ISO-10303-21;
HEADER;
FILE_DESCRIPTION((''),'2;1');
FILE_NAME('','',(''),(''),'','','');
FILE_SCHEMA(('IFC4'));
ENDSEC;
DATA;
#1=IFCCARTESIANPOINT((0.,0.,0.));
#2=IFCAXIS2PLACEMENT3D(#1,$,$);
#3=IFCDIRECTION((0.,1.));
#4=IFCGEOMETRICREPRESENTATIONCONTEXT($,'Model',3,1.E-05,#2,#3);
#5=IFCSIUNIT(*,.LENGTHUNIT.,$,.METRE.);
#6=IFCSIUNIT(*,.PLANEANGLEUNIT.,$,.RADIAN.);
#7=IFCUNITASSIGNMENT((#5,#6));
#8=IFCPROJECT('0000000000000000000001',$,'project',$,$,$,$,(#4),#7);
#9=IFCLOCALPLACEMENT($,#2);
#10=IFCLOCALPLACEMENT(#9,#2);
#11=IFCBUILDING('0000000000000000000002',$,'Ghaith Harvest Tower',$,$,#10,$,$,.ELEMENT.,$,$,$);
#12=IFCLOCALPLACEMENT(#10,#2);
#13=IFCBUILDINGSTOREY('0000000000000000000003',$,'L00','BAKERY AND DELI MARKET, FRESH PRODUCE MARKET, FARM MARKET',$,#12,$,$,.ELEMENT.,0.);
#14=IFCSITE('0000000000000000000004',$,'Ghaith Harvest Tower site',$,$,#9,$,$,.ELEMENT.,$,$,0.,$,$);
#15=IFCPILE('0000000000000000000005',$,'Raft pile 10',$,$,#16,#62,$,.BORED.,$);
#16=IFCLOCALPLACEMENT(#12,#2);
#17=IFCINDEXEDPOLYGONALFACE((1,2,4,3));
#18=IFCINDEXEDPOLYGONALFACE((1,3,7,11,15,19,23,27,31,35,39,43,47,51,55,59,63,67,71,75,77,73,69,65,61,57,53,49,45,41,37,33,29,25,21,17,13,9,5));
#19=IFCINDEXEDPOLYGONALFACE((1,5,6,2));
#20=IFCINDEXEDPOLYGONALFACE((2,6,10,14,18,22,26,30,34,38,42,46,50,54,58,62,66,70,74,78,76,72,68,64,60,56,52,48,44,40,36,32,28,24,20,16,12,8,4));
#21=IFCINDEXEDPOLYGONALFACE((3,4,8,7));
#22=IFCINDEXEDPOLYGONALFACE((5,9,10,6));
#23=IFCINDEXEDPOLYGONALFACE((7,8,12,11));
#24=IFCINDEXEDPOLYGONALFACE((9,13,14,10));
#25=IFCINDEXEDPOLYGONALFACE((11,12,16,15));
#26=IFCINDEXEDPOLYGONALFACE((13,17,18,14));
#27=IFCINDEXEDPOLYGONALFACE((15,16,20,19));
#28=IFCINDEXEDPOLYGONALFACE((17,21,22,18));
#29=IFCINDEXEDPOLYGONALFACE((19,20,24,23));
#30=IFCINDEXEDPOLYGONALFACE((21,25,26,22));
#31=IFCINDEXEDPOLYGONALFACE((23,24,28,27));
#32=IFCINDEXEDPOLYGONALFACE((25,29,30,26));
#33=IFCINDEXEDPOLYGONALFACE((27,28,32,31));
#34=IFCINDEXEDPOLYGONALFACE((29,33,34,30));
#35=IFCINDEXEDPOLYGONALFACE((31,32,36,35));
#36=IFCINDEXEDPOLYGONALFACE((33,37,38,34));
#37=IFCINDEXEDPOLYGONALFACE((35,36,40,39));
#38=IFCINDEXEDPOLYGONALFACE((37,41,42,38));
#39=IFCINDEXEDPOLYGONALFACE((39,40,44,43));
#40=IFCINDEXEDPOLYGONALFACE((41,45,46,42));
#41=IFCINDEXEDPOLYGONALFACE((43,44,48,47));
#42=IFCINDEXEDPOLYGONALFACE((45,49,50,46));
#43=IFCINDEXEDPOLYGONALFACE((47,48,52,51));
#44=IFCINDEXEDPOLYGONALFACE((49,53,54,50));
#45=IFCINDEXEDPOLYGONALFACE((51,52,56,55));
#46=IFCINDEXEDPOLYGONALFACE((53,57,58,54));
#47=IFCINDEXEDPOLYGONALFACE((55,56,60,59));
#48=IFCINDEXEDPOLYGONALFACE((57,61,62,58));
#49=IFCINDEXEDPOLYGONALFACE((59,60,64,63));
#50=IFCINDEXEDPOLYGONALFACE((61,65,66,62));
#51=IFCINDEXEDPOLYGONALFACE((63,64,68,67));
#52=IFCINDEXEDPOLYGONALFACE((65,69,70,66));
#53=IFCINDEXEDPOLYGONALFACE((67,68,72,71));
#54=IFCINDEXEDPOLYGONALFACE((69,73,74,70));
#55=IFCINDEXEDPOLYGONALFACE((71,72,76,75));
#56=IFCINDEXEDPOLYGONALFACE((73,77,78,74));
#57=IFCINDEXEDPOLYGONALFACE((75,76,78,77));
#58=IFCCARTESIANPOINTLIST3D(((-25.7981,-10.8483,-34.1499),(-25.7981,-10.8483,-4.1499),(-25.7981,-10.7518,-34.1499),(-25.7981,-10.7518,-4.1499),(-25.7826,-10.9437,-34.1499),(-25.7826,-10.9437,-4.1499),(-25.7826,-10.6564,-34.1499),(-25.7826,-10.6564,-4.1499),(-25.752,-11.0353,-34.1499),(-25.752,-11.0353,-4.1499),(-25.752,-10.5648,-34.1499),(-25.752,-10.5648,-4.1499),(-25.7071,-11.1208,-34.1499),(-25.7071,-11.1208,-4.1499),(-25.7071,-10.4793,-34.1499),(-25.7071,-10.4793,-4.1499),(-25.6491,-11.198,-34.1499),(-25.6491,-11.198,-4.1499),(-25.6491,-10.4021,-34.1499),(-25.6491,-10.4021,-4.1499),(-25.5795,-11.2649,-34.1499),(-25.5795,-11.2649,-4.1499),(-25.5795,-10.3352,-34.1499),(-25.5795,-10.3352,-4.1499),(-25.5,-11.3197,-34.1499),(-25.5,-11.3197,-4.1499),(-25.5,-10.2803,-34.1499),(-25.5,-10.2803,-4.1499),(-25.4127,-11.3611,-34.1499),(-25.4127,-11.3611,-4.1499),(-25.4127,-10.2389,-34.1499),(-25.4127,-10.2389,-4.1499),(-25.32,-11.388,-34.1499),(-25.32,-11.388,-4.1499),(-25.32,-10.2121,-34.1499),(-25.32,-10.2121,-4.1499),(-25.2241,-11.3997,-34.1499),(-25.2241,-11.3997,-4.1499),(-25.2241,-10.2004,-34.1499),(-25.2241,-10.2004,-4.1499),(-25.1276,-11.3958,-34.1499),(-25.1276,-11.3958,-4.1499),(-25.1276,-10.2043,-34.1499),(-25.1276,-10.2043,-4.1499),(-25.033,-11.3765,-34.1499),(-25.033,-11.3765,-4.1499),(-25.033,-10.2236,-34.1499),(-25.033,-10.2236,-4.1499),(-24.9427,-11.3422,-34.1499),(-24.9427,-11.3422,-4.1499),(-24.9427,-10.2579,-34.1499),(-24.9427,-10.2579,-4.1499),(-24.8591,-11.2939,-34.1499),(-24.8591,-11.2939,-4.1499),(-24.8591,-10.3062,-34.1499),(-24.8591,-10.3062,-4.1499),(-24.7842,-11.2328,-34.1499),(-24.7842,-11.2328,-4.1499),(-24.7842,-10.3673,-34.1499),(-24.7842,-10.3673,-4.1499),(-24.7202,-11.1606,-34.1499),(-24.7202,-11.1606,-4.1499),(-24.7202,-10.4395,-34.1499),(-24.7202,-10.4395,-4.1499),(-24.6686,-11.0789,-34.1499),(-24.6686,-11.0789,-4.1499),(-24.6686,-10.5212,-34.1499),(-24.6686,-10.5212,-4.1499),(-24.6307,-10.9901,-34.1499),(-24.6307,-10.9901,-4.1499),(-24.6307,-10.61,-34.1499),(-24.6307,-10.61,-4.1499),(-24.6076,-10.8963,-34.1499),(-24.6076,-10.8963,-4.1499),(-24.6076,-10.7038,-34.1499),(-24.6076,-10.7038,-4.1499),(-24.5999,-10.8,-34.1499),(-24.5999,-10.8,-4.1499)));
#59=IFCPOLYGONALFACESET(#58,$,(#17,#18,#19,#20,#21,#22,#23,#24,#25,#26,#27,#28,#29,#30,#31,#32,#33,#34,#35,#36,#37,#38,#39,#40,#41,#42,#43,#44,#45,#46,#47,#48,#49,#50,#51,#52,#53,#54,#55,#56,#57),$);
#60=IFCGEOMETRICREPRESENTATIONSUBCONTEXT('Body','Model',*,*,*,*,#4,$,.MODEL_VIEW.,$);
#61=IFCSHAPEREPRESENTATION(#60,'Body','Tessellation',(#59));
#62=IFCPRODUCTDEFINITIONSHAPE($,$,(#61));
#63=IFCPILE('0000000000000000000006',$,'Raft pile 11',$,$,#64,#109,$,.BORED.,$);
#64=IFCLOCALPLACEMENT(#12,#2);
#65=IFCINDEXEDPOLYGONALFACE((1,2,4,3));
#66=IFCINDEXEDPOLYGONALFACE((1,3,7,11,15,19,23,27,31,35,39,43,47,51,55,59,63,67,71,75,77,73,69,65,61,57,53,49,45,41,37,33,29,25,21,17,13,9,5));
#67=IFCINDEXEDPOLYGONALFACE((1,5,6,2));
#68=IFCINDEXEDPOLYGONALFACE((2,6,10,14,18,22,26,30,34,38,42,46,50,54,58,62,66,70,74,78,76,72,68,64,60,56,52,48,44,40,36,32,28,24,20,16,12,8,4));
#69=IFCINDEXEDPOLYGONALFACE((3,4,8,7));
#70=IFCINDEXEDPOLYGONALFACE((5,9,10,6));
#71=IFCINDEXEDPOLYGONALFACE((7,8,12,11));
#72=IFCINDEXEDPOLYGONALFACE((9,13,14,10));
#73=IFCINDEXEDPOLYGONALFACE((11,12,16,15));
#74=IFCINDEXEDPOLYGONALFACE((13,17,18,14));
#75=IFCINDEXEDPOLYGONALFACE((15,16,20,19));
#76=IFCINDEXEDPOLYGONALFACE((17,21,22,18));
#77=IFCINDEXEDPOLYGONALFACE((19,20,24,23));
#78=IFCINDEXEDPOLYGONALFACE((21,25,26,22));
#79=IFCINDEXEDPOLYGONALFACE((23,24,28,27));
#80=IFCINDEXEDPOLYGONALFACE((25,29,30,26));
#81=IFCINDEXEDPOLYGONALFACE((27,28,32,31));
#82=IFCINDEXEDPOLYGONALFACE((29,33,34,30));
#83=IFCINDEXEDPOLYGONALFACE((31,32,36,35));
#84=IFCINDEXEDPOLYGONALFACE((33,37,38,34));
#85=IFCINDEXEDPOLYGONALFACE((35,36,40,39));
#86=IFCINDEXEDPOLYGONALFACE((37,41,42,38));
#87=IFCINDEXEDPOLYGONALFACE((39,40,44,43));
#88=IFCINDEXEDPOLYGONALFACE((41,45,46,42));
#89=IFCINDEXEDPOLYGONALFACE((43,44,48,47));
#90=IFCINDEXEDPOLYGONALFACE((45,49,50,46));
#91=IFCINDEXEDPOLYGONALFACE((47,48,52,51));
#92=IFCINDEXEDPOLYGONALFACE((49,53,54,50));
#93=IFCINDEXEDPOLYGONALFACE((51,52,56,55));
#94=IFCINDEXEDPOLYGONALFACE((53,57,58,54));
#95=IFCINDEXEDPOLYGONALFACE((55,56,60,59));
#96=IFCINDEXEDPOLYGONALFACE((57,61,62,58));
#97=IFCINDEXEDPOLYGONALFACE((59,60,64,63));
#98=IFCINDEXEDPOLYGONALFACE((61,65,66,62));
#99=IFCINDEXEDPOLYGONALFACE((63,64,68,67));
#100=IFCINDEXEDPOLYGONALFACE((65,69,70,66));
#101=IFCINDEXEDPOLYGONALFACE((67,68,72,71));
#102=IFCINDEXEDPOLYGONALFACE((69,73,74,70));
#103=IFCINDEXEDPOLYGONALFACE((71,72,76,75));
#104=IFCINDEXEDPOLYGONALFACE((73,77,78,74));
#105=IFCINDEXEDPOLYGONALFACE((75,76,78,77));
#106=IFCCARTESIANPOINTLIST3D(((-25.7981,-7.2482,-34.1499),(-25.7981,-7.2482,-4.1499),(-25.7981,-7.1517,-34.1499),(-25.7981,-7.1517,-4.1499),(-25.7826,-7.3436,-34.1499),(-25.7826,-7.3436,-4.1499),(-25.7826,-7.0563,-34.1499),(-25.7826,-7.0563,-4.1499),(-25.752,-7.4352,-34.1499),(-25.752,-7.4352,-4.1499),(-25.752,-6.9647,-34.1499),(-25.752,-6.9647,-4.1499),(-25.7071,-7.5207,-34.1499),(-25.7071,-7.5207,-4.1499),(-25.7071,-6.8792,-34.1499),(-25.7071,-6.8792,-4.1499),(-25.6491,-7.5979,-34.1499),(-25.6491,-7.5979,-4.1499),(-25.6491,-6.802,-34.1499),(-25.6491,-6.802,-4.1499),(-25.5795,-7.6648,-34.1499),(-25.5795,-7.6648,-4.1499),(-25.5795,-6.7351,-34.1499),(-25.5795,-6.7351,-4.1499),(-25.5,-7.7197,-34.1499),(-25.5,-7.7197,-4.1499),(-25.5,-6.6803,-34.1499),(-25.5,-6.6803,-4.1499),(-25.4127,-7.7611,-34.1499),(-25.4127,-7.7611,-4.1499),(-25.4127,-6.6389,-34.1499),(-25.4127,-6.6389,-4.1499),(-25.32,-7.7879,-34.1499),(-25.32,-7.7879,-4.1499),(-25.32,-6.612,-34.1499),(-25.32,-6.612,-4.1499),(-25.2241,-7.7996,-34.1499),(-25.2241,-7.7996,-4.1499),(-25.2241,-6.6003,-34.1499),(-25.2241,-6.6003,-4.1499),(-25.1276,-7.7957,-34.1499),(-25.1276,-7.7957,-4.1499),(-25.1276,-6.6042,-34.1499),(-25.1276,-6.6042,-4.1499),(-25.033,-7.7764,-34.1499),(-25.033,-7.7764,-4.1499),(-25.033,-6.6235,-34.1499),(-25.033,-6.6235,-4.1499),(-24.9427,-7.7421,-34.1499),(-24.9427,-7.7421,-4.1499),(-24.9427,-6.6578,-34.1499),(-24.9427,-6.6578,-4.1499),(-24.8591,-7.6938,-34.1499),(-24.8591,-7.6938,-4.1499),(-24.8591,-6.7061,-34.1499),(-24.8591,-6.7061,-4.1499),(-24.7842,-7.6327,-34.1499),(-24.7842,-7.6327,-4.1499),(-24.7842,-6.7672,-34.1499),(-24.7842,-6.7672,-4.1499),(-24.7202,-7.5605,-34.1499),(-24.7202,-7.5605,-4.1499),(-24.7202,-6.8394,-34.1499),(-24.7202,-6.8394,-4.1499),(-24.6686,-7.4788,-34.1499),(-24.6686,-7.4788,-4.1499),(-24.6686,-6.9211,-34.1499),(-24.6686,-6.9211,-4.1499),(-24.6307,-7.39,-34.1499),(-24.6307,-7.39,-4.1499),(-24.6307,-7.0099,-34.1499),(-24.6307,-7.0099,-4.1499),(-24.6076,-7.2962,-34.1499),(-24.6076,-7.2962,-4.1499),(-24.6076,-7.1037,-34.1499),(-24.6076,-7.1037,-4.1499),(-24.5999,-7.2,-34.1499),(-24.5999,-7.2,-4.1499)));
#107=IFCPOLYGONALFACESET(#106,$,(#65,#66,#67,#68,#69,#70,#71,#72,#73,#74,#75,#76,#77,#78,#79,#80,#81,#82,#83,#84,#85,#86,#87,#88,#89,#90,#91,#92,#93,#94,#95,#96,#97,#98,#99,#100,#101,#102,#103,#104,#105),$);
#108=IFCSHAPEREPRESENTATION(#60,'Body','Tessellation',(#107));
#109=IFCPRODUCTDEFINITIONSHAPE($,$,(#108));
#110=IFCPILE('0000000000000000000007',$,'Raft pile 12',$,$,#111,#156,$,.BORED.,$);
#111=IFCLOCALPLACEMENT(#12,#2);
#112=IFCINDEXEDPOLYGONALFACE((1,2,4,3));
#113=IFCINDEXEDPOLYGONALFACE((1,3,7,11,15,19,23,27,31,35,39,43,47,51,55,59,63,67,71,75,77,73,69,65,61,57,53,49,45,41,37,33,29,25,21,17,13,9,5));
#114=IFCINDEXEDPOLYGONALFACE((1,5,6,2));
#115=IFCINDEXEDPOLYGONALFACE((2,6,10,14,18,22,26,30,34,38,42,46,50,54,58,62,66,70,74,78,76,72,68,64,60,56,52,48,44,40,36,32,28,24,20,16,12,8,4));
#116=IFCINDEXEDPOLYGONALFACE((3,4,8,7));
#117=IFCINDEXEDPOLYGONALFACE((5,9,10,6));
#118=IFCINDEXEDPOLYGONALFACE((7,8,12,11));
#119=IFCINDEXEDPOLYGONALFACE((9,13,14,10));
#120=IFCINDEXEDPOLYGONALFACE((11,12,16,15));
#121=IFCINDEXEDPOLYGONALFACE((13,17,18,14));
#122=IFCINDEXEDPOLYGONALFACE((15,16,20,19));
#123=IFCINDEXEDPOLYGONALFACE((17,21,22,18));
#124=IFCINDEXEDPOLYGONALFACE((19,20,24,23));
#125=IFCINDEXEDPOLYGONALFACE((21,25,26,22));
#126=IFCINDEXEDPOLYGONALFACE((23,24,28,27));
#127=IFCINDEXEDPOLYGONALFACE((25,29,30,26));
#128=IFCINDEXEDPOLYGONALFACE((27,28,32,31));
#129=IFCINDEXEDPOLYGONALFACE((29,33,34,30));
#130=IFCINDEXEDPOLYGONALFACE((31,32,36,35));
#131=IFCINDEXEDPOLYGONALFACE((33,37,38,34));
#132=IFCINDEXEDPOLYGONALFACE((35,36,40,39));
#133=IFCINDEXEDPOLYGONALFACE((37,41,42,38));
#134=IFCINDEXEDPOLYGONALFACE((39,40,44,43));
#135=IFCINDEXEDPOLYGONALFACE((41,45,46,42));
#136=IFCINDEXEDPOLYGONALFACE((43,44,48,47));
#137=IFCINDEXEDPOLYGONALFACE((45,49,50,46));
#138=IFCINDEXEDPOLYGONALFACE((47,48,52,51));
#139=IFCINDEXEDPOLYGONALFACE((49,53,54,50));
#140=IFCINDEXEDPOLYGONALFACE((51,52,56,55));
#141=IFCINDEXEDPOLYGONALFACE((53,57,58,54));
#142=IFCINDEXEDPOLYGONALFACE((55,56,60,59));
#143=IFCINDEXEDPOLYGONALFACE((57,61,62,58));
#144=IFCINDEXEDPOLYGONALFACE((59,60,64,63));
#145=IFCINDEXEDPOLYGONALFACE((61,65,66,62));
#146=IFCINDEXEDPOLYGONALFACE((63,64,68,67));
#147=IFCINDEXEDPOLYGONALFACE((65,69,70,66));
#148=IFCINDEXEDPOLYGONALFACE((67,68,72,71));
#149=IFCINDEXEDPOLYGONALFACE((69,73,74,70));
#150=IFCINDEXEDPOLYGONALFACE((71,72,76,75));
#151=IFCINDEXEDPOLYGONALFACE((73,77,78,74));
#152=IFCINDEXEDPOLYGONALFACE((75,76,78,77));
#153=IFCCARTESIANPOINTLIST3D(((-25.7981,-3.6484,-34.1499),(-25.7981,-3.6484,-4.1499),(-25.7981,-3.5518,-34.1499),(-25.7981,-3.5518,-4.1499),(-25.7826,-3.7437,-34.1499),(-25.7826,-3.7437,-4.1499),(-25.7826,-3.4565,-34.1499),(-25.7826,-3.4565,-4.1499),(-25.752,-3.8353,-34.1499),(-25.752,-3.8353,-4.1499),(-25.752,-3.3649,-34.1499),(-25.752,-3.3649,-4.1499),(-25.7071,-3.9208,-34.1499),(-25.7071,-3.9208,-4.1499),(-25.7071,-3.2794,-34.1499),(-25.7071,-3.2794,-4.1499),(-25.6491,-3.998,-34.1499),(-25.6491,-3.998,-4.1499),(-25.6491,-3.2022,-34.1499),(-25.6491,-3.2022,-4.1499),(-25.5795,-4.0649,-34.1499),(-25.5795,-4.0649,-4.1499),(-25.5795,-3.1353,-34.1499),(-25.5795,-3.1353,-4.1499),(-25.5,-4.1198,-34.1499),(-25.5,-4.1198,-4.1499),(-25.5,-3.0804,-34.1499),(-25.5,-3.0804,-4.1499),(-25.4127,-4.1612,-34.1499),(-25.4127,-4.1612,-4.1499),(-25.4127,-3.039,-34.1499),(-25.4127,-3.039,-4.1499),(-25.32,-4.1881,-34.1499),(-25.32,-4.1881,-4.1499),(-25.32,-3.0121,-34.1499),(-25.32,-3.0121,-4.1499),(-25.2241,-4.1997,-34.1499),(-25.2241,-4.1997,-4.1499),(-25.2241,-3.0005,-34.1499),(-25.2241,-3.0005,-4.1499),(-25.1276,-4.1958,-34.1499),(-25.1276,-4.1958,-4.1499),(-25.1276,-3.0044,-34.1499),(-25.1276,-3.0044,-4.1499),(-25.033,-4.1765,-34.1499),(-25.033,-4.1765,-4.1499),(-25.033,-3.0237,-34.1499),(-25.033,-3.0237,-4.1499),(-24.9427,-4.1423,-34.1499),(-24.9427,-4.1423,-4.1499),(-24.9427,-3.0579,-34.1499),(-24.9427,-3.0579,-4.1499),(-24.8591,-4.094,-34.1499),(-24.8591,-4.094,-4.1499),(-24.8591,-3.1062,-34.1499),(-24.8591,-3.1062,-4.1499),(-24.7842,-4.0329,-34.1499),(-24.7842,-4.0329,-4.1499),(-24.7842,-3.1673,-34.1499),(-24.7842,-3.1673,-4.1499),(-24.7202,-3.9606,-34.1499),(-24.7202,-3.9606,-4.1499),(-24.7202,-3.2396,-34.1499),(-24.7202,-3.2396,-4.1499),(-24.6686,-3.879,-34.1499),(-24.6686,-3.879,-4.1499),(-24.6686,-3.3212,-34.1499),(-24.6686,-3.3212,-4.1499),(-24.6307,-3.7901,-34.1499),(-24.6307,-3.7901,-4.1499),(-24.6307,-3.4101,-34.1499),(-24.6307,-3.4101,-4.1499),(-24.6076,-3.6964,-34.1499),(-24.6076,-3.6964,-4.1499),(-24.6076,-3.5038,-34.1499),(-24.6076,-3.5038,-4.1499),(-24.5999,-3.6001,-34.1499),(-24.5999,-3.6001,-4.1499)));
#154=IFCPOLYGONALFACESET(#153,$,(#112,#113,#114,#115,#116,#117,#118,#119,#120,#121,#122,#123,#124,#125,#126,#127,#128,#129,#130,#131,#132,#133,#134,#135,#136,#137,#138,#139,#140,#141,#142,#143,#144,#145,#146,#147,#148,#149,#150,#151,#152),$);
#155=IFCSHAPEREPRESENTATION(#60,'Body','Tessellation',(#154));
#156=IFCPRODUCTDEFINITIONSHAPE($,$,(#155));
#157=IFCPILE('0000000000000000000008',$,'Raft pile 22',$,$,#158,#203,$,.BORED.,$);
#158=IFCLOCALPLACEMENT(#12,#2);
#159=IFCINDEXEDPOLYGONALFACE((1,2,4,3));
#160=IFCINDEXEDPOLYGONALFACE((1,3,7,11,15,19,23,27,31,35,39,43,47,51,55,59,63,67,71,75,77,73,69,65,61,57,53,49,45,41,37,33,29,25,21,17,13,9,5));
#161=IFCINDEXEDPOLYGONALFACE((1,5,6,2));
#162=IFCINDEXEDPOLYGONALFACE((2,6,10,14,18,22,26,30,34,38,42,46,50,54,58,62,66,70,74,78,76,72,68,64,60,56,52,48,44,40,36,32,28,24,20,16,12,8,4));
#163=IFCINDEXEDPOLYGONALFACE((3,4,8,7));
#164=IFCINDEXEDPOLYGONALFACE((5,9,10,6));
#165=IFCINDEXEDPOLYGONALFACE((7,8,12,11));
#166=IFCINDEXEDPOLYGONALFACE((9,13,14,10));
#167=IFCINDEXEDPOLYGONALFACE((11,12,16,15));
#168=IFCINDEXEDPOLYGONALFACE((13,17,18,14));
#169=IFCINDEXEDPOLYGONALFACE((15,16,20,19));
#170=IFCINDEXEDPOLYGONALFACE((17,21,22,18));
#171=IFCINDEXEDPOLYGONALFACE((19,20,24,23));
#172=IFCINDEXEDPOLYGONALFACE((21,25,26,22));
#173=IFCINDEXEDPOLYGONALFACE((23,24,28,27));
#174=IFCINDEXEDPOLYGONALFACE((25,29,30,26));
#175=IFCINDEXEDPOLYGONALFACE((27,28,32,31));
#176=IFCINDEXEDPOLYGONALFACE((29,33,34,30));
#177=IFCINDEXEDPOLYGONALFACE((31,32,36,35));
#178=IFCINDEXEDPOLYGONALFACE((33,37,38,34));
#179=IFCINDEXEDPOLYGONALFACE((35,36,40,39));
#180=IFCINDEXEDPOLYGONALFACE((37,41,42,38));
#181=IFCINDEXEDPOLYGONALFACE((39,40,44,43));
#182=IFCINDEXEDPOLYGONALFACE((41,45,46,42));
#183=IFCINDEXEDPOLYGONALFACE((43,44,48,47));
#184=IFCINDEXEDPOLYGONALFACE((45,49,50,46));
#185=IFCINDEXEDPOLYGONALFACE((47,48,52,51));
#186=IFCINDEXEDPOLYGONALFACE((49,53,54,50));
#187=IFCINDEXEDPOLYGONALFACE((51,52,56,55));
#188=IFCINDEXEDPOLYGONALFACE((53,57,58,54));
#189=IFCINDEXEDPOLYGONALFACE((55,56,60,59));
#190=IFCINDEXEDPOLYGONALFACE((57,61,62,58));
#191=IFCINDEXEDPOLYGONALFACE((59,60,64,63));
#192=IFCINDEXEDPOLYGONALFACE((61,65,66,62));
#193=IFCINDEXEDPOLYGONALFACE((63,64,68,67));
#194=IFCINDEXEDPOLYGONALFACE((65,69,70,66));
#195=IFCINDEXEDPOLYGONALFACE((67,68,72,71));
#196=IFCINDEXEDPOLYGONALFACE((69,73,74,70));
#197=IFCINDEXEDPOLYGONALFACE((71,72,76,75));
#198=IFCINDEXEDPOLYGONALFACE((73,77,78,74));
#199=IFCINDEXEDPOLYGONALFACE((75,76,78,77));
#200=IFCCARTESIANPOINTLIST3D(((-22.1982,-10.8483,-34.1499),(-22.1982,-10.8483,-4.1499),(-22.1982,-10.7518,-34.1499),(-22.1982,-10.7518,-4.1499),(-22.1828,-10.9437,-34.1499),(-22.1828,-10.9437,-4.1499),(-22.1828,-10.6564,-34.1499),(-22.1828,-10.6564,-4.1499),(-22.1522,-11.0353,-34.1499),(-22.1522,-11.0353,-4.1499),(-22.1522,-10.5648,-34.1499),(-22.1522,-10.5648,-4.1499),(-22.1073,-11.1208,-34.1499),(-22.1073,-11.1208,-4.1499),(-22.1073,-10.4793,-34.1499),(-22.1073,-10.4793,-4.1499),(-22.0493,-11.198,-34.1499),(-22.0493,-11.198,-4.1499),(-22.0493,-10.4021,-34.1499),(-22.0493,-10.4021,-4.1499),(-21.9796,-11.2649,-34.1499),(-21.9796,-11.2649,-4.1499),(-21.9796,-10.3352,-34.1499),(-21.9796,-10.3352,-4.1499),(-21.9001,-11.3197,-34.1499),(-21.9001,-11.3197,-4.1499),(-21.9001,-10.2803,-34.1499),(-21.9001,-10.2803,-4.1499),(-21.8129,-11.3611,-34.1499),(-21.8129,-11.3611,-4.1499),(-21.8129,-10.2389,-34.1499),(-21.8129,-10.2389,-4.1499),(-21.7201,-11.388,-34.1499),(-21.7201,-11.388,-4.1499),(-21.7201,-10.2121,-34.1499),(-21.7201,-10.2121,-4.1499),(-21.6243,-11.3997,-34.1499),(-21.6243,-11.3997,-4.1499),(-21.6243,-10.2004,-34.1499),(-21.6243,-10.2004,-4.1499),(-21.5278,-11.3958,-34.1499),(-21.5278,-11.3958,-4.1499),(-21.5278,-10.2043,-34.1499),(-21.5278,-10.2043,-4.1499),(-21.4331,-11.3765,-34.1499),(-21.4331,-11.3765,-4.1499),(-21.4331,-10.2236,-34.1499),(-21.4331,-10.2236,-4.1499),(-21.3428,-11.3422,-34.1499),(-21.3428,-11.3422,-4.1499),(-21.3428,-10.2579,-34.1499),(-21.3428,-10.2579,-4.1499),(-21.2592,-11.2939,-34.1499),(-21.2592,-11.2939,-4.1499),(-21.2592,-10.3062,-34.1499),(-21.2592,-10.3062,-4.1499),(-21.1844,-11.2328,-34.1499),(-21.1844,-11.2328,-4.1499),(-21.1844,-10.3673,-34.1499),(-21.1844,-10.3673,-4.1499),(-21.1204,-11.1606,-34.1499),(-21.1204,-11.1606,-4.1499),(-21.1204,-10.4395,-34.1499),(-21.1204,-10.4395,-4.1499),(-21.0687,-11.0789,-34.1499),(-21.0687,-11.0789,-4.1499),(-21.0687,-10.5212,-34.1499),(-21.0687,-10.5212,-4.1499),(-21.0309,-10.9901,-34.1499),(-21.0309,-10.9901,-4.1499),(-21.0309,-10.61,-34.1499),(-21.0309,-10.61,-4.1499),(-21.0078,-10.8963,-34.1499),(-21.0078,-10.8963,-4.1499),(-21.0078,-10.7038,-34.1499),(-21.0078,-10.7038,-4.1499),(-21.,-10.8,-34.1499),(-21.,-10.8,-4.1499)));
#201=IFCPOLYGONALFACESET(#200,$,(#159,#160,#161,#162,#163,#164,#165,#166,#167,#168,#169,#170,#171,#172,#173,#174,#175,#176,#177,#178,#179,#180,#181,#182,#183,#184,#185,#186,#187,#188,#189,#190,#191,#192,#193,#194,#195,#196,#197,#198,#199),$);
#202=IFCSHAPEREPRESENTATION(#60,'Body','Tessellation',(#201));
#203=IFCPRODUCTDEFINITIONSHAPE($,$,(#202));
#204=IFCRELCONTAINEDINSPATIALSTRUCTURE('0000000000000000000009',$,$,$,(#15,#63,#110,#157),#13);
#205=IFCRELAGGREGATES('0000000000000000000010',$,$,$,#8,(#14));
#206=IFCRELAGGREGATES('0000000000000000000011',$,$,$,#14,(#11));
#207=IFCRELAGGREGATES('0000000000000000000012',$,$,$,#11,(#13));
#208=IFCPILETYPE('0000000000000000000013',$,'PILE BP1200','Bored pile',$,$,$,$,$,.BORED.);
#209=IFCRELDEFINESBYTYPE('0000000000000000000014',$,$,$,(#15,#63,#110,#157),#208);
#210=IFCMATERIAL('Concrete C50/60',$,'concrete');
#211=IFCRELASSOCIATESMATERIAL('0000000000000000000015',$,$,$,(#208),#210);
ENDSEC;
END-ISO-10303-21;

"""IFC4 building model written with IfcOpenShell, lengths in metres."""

from ifc_helpers import new_model, si_unit, direction, frame, origin, origin_2d, place, context, subcontext, project, spatial, circle, extrude, material, material_profile, profile_set, type_object, element, save


model = new_model("IFC4")

# Units and contexts
model_context = context("Model", 3, precision=1e-05, world=origin(), true_north=direction((0.0, 1.0)))
body_context = subcontext(model_context, "Body", "Model", "MODEL_VIEW")
ifc_project = project(units=[si_unit("LENGTHUNIT", "METRE"), si_unit("PLANEANGLEUNIT", "RADIAN")], contexts=[model_context])

# Site, building, storey
site_placement = place(None, origin())
site = spatial("IfcSite", under=ifc_project, at=site_placement, Name="Ghaith Harvest Tower site", CompositionType="ELEMENT", RefElevation=0.0)
building_placement = place(site_placement, origin())
building = spatial("IfcBuilding", under=site, at=building_placement, Name="Ghaith Harvest Tower", CompositionType="ELEMENT")
storey_placement = place(building_placement, origin())
storey = spatial("IfcBuildingStorey", under=building, at=storey_placement, Name="L00", Description="BAKERY AND DELI MARKET, FRESH PRODUCE MARKET, FARM MARKET", CompositionType="ELEMENT", Elevation=0.0)

# Piles
ifc_material_1 = material(Name="Concrete C50/60", Category="concrete")
ifc_material_profile_1 = material_profile(ifc_material_1, circle(Radius=0.6001, at=origin_2d()), Name="PILE1200")
ifc_profile_set_1 = profile_set([ifc_material_profile_1], Name="Concrete C50/60")
pile_type = type_object("IfcPileType", Name="PILE BP1200", Description="Bored pile", PredefinedType="BORED", material=ifc_profile_set_1)
for number, where, z_axis, x_axis, name in (
    (1, (-25.2, -10.8, -4.1499), (0.0, 0.0, -1.0), (1.0, 0.0, 0.0), "Raft pile 10"),
    (2, (-25.2, -7.2, -4.1499), (0.0, 0.0, -1.0), (1.0, 0.0, 0.0), "Raft pile 11"),
    (3, (-25.2, -3.6001, -4.1499), (0.0, 0.0, -1.0), (1.0, 0.0, 0.0), "Raft pile 12"),
    (4, (-21.6001, -10.8, -4.1499), (0.0, 0.0, -1.0), (1.0, 0.0, 0.0), "Raft pile 22"),
):
    element("IfcPile", number, at=place(storey_placement, frame(where, z_axis=z_axis, x_axis=x_axis)), inside=storey, type_object=pile_type, Name=name, PredefinedType="BORED", context=body_context, shape_type="SweptSolid", body=[
        extrude(circle(Radius=0.6001, at=origin_2d()), origin(), (0.0, 0.0, 1.0), 30.0),
    ])

save(model, "model.ifc")
